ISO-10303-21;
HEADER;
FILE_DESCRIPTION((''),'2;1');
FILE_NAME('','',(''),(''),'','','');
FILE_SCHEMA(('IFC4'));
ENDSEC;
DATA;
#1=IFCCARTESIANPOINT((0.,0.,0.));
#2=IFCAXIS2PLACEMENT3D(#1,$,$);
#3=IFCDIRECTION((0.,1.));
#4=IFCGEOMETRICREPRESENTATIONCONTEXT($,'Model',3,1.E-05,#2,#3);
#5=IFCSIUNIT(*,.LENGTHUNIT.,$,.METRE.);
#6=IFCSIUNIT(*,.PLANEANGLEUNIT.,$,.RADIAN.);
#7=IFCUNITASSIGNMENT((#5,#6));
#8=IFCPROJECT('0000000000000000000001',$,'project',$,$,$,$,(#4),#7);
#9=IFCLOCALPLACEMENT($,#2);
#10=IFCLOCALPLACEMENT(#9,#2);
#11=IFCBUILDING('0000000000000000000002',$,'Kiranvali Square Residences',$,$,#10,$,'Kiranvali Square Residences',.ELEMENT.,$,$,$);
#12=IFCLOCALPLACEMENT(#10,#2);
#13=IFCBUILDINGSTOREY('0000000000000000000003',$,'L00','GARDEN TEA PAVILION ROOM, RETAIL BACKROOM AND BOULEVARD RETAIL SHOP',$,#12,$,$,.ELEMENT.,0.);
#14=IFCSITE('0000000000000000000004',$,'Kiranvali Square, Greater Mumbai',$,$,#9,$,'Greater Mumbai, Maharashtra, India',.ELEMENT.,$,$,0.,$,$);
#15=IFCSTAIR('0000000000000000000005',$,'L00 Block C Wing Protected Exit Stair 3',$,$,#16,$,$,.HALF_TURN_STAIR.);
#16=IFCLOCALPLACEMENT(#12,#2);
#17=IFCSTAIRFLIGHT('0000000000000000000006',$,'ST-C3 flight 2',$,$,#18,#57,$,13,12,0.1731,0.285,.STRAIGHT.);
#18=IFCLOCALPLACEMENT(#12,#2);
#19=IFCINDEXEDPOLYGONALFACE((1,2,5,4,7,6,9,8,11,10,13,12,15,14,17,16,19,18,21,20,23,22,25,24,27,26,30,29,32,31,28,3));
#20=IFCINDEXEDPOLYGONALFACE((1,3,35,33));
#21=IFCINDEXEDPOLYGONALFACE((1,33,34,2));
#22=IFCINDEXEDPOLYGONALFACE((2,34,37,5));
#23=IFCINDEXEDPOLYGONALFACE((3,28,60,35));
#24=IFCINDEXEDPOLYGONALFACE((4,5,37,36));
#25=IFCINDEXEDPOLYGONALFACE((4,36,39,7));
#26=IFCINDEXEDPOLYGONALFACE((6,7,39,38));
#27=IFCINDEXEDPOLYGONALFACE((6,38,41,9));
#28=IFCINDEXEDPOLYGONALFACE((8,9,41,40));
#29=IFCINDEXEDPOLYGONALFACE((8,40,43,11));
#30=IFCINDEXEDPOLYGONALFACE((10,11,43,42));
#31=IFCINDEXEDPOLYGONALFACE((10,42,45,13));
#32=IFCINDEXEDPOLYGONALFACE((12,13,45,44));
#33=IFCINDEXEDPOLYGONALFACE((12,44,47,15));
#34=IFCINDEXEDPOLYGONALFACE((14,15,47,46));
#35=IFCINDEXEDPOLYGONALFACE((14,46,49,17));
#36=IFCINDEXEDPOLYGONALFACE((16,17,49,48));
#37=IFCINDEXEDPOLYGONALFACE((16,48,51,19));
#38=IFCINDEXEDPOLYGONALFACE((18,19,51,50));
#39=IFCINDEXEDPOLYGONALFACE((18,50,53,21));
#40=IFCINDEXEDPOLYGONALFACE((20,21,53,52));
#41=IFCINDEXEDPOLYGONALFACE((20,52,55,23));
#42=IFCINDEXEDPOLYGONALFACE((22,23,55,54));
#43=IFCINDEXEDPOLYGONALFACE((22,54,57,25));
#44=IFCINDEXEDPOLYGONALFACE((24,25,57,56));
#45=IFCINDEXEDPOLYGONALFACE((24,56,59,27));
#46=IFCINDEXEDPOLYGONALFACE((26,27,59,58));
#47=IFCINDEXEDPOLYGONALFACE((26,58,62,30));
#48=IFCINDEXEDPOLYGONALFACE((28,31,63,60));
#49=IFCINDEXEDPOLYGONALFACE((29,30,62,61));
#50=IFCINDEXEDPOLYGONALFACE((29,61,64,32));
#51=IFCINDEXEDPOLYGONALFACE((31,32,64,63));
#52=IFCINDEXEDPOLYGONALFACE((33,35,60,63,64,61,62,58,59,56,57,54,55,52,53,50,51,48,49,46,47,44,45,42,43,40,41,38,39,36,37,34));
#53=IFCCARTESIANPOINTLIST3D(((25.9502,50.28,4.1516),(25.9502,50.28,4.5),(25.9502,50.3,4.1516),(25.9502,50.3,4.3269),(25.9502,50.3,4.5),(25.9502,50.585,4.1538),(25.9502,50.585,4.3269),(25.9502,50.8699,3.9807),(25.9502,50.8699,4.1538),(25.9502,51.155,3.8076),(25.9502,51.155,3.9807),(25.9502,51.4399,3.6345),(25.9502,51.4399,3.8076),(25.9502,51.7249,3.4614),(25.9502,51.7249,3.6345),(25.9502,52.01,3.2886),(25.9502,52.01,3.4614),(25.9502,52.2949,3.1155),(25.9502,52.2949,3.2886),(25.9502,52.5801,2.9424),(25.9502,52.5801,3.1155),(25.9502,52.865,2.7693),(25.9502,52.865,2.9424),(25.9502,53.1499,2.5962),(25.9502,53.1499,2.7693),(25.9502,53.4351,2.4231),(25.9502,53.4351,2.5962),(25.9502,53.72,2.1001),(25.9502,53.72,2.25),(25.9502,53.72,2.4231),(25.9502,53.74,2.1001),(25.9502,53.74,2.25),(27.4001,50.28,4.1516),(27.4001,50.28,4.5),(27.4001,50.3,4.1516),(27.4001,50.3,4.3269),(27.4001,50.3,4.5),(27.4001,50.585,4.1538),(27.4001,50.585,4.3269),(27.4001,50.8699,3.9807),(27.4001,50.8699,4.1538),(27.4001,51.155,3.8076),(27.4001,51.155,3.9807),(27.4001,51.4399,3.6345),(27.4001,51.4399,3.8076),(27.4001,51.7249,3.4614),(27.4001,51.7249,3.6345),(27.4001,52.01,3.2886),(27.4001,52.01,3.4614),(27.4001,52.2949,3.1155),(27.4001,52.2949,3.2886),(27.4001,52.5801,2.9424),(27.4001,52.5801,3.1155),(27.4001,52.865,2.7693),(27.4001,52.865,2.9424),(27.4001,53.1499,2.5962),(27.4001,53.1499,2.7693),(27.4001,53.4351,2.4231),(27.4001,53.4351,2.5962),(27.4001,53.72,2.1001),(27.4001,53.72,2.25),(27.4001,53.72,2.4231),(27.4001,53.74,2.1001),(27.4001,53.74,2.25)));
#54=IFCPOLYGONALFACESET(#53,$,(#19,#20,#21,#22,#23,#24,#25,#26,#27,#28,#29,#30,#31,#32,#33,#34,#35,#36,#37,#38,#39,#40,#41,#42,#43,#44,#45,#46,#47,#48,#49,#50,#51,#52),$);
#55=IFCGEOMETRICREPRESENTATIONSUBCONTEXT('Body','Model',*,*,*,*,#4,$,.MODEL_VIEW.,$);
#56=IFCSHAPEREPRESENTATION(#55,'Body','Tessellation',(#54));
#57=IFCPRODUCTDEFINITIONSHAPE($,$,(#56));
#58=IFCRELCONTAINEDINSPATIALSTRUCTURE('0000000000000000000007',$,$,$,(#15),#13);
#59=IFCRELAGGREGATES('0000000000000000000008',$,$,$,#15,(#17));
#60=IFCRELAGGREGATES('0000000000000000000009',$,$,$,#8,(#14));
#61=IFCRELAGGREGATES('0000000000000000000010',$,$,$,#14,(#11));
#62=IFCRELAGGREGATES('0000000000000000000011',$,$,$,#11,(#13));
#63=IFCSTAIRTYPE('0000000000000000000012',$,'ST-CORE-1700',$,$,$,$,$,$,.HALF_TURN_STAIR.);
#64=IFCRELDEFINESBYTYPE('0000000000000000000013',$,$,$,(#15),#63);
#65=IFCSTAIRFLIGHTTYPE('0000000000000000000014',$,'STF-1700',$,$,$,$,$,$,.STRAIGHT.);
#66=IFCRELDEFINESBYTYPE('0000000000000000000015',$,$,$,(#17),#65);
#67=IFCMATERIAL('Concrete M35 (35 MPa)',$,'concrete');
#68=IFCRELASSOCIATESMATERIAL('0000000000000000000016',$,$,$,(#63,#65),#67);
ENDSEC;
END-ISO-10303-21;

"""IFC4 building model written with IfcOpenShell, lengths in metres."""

from ifc_helpers import new_model, si_unit, direction, frame, origin, place, context, subcontext, project, spatial, polyline, outline, extrude, material, type_object, element, aggregate, save


model = new_model("IFC4")

# Units and contexts
model_context = context("Model", 3, precision=1e-05, world=origin(), true_north=direction((0.0, 1.0)))
body_context = subcontext(model_context, "Body", "Model", "MODEL_VIEW")
ifc_project = project(units=[si_unit("LENGTHUNIT", "METRE"), si_unit("PLANEANGLEUNIT", "RADIAN")], contexts=[model_context])

# Site, building, storey
site_placement = place(None, origin())
site = spatial("IfcSite", under=ifc_project, at=site_placement, Name="Kiranvali Square, Greater Mumbai", LongName="Greater Mumbai, Maharashtra, India", CompositionType="ELEMENT", RefElevation=0.0)
building_placement = place(site_placement, origin())
building = spatial("IfcBuilding", under=site, at=building_placement, Name="Kiranvali Square Residences", LongName="Kiranvali Square Residences", CompositionType="ELEMENT")
storey_placement = place(building_placement, origin())
storey = spatial("IfcBuildingStorey", under=building, at=storey_placement, Name="L00", Description="GARDEN TEA PAVILION ROOM, RETAIL BACKROOM AND BOULEVARD RETAIL SHOP", CompositionType="ELEMENT", Elevation=0.0)

# Stair, stair flight
ifc_material_1 = material(Name="Concrete M35 (35 MPa)", Category="concrete")
stair_type = type_object("IfcStairType", Name="ST-CORE-1700", PredefinedType="HALF_TURN_STAIR", material=ifc_material_1)
stair_placement = place(storey_placement, origin())
stair = element("IfcStair", 1, at=stair_placement, inside=storey, type_object=stair_type, Name="L00 Block C Wing Protected Exit Stair 3", PredefinedType="HALF_TURN_STAIR")
stair_flight_type = type_object("IfcStairFlightType", Name="STF-1700", PredefinedType="STRAIGHT", material=ifc_material_1)
stair_flight_placement = place(storey_placement, frame((26.675, 53.72, 2.25), z_axis=(0.0, 0.0, 1.0), x_axis=(0.0, -1.0, 0.0)))
stair_flight = element("IfcStairFlight", 2, at=stair_flight_placement, type_object=stair_flight_type, Name="ST-C3 flight 2", NumberOfRisers=13, NumberOfTreads=12, PredefinedType="STRAIGHT", RiserHeight=0.1731, TreadLength=0.285, context=body_context, shape_type="SweptSolid", body=[
    extrude(outline(polyline([(-0.02, -0.1499), (-0.02, 0.0), (0.0, 0.0), (0.0, 0.1731), (0.2849, 0.1731), (0.2849, 0.3462), (0.5701, 0.3462), (0.5701, 0.5193), (0.855, 0.5193), (0.855, 0.6924), (1.1399, 0.6924), (1.1399, 0.8655), (1.425, 0.8655), (1.425, 1.0386), (1.71, 1.0386), (1.71, 1.2114), (1.9951, 1.2114), (1.9951, 1.3845), (2.28, 1.3845), (2.28, 1.5576), (2.5649, 1.5576), (2.5649, 1.7307), (2.8501, 1.7307), (2.8501, 1.9038), (3.135, 1.9038), (3.135, 2.0769), (3.4199, 2.0769), (3.4199, 2.25), (3.4399, 2.25), (3.4399, 1.9016), (3.4199, 1.9016), (0.0, -0.1499), (-0.02, -0.1499)])), frame((0.0, 0.7251, 0.0), z_axis=(0.0, -1.0, 0.0), x_axis=(1.0, 0.0, 0.0)), (0.0, 0.0, 1.0), 1.45),
])
aggregate(stair, [stair_flight])

save(model, "model.ifc")
